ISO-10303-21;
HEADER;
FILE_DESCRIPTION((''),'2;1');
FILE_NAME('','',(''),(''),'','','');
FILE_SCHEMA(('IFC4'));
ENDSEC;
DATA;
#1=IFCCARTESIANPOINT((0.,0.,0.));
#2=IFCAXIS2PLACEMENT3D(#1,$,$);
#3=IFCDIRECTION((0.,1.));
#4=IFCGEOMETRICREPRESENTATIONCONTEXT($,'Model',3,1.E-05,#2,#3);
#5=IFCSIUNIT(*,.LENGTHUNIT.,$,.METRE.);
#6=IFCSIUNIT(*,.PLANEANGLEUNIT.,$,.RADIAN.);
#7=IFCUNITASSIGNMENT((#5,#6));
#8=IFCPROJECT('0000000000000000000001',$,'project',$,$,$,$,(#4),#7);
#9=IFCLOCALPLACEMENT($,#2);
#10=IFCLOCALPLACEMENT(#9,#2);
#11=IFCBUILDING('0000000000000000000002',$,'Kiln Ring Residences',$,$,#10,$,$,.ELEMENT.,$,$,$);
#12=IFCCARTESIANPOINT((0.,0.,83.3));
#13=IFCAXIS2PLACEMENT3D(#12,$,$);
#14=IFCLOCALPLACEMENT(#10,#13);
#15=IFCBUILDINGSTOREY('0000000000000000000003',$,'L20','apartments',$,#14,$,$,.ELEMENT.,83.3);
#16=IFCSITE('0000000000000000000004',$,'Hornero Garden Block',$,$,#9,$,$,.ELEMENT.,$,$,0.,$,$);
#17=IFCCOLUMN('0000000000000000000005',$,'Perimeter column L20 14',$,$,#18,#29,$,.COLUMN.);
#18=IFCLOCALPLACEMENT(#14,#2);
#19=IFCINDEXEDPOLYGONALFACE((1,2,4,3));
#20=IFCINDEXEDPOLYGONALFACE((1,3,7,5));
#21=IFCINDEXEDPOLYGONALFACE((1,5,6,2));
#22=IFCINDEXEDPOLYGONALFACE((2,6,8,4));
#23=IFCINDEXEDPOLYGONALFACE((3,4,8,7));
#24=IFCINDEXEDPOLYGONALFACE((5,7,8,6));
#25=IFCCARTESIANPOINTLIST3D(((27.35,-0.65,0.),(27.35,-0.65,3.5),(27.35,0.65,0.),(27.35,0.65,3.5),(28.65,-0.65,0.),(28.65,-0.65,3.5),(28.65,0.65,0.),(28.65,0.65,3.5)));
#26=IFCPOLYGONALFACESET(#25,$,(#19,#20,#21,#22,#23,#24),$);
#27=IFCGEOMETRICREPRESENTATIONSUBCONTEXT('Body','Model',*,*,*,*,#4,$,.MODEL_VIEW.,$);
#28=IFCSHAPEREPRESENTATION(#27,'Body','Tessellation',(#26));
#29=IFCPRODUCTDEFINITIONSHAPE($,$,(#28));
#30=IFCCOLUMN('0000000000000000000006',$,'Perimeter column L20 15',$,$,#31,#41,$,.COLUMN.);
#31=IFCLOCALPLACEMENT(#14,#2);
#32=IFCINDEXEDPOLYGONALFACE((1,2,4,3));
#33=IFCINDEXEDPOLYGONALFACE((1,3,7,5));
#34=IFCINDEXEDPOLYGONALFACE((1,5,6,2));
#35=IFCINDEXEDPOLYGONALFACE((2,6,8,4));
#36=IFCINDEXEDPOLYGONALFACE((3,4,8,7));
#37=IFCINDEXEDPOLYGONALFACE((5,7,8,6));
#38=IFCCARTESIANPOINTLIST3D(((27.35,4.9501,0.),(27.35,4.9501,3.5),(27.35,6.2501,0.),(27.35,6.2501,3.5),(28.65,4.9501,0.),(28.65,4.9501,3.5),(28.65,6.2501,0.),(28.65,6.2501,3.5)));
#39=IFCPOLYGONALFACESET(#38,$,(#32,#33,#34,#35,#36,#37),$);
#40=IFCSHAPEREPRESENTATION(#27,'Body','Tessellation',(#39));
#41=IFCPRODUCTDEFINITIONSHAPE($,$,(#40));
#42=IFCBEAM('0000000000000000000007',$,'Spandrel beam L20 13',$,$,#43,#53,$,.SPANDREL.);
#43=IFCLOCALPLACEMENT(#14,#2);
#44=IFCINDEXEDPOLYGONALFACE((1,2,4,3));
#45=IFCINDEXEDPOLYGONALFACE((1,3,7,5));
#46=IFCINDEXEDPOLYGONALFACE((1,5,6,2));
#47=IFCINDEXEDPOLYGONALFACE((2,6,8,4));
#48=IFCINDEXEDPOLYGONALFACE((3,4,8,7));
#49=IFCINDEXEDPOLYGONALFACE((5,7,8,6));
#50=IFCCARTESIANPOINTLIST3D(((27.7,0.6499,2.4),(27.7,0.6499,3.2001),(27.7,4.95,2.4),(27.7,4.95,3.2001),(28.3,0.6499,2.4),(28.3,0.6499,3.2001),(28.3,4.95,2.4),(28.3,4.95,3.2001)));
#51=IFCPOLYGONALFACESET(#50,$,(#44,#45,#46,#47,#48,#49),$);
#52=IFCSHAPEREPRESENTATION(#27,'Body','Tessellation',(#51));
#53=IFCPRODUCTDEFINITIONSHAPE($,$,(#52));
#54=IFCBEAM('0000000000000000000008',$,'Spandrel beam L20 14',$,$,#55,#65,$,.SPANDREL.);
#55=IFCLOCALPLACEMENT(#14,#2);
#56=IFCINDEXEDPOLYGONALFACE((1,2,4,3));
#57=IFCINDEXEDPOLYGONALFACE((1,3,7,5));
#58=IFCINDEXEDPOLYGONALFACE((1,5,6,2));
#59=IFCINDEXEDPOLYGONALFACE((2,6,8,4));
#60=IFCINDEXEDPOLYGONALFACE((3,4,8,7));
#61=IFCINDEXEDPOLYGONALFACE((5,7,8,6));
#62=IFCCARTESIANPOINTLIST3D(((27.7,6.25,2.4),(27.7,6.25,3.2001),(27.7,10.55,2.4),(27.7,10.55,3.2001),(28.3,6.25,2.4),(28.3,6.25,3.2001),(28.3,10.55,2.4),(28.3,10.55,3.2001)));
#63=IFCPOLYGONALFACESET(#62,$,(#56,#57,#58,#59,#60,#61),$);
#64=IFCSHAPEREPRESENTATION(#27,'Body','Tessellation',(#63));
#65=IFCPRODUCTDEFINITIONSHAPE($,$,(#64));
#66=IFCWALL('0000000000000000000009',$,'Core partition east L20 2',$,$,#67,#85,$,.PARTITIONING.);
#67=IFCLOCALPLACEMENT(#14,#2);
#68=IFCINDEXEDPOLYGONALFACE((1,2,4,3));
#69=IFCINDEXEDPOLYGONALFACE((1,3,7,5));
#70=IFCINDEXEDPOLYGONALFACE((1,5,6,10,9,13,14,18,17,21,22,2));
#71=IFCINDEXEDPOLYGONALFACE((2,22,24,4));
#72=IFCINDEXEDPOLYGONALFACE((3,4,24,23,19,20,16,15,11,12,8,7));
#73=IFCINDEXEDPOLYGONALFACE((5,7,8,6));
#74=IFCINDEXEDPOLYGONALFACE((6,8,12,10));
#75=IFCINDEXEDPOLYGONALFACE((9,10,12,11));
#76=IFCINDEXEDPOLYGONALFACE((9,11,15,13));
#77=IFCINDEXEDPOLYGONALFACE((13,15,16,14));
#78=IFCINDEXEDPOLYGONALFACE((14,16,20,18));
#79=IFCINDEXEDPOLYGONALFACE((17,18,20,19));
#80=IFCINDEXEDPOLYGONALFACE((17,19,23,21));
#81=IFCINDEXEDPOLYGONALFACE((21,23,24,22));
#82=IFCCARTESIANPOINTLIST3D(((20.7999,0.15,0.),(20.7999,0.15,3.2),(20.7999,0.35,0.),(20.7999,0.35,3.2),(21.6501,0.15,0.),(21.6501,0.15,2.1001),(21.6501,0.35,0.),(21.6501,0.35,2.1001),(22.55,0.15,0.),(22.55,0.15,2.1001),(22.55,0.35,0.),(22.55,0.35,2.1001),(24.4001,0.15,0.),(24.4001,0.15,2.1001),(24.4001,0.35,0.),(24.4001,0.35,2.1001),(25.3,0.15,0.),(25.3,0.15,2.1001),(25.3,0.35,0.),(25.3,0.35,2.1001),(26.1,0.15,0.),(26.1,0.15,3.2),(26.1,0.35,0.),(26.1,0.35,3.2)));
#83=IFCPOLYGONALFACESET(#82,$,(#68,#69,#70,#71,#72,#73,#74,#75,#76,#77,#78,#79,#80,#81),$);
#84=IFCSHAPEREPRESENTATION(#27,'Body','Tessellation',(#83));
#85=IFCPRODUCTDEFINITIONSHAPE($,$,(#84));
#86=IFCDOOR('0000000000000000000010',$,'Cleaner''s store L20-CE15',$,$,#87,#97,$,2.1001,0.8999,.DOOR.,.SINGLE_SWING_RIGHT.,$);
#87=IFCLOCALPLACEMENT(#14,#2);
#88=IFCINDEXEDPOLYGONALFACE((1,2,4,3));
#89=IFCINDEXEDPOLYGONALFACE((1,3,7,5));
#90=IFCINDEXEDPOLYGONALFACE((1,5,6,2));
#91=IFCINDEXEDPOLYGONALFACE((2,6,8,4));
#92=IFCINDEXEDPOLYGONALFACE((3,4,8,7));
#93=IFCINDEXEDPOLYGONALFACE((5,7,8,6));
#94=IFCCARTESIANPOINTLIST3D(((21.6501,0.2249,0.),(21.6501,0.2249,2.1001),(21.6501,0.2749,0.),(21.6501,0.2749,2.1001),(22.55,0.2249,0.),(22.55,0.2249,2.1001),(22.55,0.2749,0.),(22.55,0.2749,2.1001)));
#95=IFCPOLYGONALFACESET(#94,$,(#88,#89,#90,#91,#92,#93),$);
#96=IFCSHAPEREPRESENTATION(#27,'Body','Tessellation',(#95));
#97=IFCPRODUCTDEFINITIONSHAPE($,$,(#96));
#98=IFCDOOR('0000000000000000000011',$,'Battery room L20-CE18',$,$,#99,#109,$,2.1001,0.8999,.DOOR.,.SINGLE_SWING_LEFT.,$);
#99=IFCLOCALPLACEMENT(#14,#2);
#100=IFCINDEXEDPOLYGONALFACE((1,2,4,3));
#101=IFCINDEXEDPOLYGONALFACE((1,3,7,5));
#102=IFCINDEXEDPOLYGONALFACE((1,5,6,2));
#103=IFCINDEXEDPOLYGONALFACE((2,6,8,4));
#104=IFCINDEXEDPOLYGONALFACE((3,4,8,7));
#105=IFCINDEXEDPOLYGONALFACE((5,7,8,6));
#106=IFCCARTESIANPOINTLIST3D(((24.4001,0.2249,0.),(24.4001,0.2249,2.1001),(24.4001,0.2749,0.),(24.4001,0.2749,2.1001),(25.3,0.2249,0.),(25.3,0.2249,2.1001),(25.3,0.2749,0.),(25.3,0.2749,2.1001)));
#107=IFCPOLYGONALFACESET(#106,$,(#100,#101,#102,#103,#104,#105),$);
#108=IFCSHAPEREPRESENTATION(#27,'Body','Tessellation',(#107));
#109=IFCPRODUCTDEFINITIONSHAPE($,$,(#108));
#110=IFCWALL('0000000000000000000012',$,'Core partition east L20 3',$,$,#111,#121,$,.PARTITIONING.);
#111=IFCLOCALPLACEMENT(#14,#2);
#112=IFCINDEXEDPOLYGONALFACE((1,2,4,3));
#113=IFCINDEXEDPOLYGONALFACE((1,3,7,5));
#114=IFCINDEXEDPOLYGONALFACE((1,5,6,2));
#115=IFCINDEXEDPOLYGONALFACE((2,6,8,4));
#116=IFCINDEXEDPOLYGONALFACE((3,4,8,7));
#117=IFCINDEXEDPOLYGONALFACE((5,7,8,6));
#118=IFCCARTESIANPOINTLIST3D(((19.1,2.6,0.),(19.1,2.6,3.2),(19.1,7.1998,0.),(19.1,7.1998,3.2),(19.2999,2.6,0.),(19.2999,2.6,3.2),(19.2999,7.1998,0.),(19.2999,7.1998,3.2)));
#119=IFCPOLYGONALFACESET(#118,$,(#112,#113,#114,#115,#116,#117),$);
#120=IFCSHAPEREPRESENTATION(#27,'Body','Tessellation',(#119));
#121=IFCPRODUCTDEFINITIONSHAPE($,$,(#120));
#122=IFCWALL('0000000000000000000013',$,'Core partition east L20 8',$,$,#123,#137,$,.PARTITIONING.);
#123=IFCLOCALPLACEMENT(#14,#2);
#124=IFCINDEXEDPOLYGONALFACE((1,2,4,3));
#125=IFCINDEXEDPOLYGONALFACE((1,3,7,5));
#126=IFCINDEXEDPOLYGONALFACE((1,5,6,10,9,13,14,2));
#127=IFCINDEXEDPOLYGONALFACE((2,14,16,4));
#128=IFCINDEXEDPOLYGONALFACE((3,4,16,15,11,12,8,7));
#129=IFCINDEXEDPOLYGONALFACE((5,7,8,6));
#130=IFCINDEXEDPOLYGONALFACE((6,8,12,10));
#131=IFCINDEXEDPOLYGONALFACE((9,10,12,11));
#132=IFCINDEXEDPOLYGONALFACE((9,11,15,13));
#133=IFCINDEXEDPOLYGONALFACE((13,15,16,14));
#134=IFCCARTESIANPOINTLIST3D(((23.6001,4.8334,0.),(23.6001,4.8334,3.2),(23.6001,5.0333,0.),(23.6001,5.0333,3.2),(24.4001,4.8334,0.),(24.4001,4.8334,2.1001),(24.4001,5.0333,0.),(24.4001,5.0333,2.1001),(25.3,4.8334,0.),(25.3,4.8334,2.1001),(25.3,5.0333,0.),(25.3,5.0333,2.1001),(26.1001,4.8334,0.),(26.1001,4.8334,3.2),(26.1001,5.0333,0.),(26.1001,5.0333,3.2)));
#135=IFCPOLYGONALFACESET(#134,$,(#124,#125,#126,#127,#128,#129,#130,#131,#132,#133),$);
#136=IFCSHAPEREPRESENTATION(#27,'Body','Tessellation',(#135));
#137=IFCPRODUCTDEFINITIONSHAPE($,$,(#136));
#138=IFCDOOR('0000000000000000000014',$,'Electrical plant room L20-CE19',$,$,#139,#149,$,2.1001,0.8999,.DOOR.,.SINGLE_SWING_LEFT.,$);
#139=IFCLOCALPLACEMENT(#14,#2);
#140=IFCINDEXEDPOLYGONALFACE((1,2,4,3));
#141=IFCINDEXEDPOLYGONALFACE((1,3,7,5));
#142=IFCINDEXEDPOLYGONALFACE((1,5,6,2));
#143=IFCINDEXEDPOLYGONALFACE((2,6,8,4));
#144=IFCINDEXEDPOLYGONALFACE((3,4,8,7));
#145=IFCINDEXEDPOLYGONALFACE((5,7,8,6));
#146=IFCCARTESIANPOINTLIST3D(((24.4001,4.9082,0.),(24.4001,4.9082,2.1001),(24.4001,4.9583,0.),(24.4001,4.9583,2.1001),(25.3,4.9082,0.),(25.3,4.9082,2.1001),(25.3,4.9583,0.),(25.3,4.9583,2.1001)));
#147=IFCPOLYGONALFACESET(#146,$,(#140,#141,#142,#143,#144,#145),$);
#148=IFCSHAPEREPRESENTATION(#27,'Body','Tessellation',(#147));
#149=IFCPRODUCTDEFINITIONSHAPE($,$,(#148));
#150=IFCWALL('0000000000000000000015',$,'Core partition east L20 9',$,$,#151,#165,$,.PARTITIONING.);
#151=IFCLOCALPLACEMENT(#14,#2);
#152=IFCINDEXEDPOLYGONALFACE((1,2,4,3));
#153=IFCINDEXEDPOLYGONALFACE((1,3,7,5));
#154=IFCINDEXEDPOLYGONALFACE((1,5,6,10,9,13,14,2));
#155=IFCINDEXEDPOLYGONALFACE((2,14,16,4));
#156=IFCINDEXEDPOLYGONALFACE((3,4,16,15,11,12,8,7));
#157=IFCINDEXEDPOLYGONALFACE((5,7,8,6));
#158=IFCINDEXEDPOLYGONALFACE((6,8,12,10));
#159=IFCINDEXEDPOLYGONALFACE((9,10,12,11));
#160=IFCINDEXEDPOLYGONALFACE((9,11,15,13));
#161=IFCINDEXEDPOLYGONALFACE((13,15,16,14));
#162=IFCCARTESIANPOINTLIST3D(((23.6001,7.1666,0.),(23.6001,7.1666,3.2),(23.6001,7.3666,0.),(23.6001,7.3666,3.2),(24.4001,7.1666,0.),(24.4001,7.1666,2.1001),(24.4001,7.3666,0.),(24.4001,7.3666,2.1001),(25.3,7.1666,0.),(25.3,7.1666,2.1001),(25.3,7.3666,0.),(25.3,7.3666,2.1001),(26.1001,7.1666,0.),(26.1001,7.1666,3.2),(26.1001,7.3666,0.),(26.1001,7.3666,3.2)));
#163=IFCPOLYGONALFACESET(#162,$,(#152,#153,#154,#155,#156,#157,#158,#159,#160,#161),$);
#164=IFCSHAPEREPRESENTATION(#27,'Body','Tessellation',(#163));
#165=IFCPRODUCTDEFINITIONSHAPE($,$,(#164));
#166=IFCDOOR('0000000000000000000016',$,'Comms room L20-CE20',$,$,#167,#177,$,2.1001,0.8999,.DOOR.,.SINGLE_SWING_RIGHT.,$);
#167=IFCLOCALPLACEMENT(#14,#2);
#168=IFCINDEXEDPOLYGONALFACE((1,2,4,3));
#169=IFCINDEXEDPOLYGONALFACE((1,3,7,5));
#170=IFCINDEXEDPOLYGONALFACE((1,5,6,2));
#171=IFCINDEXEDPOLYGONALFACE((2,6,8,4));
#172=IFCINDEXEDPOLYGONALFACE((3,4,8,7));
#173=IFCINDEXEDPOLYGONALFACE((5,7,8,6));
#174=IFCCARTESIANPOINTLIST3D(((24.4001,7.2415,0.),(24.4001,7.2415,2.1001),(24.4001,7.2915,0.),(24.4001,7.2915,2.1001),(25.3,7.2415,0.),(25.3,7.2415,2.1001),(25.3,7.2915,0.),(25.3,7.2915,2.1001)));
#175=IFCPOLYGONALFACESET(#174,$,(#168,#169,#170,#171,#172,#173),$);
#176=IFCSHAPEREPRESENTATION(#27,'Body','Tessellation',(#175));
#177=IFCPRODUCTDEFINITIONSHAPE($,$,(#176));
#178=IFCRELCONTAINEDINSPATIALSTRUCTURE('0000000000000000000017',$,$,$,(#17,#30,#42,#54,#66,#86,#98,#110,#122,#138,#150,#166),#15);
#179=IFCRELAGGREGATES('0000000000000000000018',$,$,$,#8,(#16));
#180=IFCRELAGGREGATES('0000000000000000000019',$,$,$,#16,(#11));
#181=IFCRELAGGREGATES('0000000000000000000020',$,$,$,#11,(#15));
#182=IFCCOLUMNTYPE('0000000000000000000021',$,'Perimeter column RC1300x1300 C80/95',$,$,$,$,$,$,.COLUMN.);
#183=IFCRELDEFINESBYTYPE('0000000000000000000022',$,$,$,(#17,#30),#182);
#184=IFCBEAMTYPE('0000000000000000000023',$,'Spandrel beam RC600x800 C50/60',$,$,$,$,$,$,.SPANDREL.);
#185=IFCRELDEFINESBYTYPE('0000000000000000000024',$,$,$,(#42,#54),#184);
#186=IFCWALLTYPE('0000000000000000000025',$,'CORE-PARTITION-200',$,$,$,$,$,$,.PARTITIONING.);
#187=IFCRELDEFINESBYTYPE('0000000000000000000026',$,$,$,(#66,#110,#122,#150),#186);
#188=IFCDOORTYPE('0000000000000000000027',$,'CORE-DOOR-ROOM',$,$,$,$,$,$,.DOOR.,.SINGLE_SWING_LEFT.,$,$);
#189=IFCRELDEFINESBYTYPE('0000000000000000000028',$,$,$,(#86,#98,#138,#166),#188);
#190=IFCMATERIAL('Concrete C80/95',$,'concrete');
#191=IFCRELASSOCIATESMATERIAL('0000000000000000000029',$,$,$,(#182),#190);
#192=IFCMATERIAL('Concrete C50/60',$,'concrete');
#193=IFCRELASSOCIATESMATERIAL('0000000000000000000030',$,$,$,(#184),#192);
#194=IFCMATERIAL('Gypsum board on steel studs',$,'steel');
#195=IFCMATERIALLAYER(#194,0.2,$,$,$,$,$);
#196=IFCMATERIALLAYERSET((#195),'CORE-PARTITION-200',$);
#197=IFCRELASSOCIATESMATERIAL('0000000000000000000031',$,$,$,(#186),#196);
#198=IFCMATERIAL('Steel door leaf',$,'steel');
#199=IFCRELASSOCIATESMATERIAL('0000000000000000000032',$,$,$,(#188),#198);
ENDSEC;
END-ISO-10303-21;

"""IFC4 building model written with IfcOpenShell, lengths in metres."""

from ifc_helpers import new_model, si_unit, direction, frame, frame_2d, origin, origin_2d, place, context, subcontext, project, spatial, rectangle, extrude, material, layer, layer_set, material_profile, profile_set, type_object, element, fill, save


model = new_model("IFC4")

# Units and contexts
model_context = context("Model", 3, precision=1e-05, world=origin(), true_north=direction((0.0, 1.0)))
body_context = subcontext(model_context, "Body", "Model", "MODEL_VIEW")
ifc_project = project(units=[si_unit("LENGTHUNIT", "METRE"), si_unit("PLANEANGLEUNIT", "RADIAN")], contexts=[model_context])

# Site, building, storey
site_placement = place(None, origin())
site = spatial("IfcSite", under=ifc_project, at=site_placement, Name="Hornero Garden Block", CompositionType="ELEMENT", RefElevation=0.0)
building_placement = place(site_placement, origin())
building = spatial("IfcBuilding", under=site, at=building_placement, Name="Kiln Ring Residences", CompositionType="ELEMENT")
storey_placement = place(building_placement, frame((0.0, 0.0, 83.3)))
storey = spatial("IfcBuildingStorey", under=building, at=storey_placement, Name="L20", Description="apartments", CompositionType="ELEMENT", Elevation=83.3)

# Columns
ifc_material_1 = material(Name="Concrete C80/95", Category="concrete")
ifc_material_profile_1 = material_profile(ifc_material_1, rectangle(XDim=1.3, YDim=1.3, at=origin_2d()), Name="RC1300x1300")
ifc_profile_set_1 = profile_set([ifc_material_profile_1], Name="Concrete C80/95")
column_type = type_object("IfcColumnType", Name="Perimeter column RC1300x1300 C80/95", PredefinedType="COLUMN", material=ifc_profile_set_1)
for number, where, z_axis, x_axis, name in (
    (1, (28.0, 0.0, 0.0), (0.0, 0.0, 1.0), (1.0, 0.0, 0.0), "Perimeter column L20 14"),
    (2, (28.0, 5.6001, 0.0), (0.0, 0.0, 1.0), (1.0, 0.0, 0.0), "Perimeter column L20 15"),
):
    element("IfcColumn", number, at=place(storey_placement, frame(where, z_axis=z_axis, x_axis=x_axis)), inside=storey, type_object=column_type, Name=name, PredefinedType="COLUMN", context=body_context, shape_type="SweptSolid", body=[
        extrude(rectangle(XDim=1.3, YDim=1.3, at=origin_2d()), origin(), (0.0, 0.0, 1.0), 3.5),
    ])

# Beams
ifc_material_2 = material(Name="Concrete C50/60", Category="concrete")
ifc_material_profile_2 = material_profile(ifc_material_2, rectangle(XDim=0.6001, YDim=0.8, at=origin_2d()), Name="RC600x800")
ifc_profile_set_2 = profile_set([ifc_material_profile_2], Name="Concrete C50/60")
beam_type = type_object("IfcBeamType", Name="Spandrel beam RC600x800 C50/60", PredefinedType="SPANDREL", material=ifc_profile_set_2)
for number, where, z_axis, x_axis, name in (
    (3, (28.0, 0.6499, 2.8), (0.0, 1.0, 0.0), (-1.0, 0.0, 0.0), "Spandrel beam L20 13"),
    (4, (28.0, 6.25, 2.8), (0.0, 1.0, 0.0), (-1.0, 0.0, 0.0), "Spandrel beam L20 14"),
):
    element("IfcBeam", number, at=place(storey_placement, frame(where, z_axis=z_axis, x_axis=x_axis)), inside=storey, type_object=beam_type, Name=name, PredefinedType="SPANDREL", context=body_context, shape_type="SweptSolid", body=[
        extrude(rectangle(XDim=0.6001, YDim=0.8, at=origin_2d()), origin(), (0.0, 0.0, 1.0), 4.3),
    ])

# Wall, openings, doors
ifc_material_3 = material(Name="Gypsum board on steel studs", Category="steel")
ifc_layer_1 = layer(ifc_material_3, 0.2)
ifc_layer_set_1 = layer_set([ifc_layer_1], Name="CORE-PARTITION-200")
wall_type_1 = type_object("IfcWallType", Name="CORE-PARTITION-200", PredefinedType="PARTITIONING", material=ifc_layer_set_1)
wall_1_placement = place(storey_placement, frame((20.8, 0.25, 0.0), z_axis=(0.0, 0.0, 1.0), x_axis=(1.0, 0.0, 0.0)))
wall_1 = element("IfcWall", 5, at=wall_1_placement, inside=storey, type_object=wall_type_1, Name="Core partition east L20 2", PredefinedType="PARTITIONING", context=body_context, shape_type="SweptSolid", body=[
    extrude(rectangle(XDim=5.3, YDim=0.2, at=frame_2d((2.6499, 0.0))), origin(), (0.0, 0.0, 1.0), 3.2),
])
opening_1_placement = place(wall_1_placement, frame((0.8501, 0.0, 0.0)))
opening_1 = element("IfcOpeningElement", 6, at=opening_1_placement, cuts=wall_1, PredefinedType="OPENING", context=body_context, shape_type="SweptSolid", body=[
    extrude(rectangle(XDim=0.8999, YDim=2.1001, at=frame_2d((0.45, 1.05))), frame((0.0, 0.1099, 0.0), z_axis=(0.0, -1.0, 0.0), x_axis=(1.0, 0.0, 0.0)), (0.0, 0.0, 1.0), 0.22),
])
opening_2_placement = place(wall_1_placement, frame((3.6001, 0.0, 0.0)))
opening_2 = element("IfcOpeningElement", 7, at=opening_2_placement, cuts=wall_1, PredefinedType="OPENING", context=body_context, shape_type="SweptSolid", body=[
    extrude(rectangle(XDim=0.8999, YDim=2.1001, at=frame_2d((0.45, 1.05))), frame((0.0, 0.1099, 0.0), z_axis=(0.0, -1.0, 0.0), x_axis=(1.0, 0.0, 0.0)), (0.0, 0.0, 1.0), 0.22),
])
ifc_material_4 = material(Name="Steel door leaf", Category="steel")
door_type = type_object("IfcDoorType", Name="CORE-DOOR-ROOM", OperationType="SINGLE_SWING_LEFT", PredefinedType="DOOR", material=ifc_material_4)
door_1_placement = place(opening_1_placement, origin())
door_1 = element("IfcDoor", 8, at=door_1_placement, inside=storey, type_object=door_type, Name="Cleaner's store L20-CE15", OperationType="SINGLE_SWING_RIGHT", OverallHeight=2.1001, OverallWidth=0.8999, PredefinedType="DOOR", context=body_context, shape_type="SweptSolid", body=[
    extrude(rectangle(XDim=0.8999, YDim=2.1001, at=frame_2d((0.45, 1.05))), frame((0.0, 0.0249, 0.0), z_axis=(0.0, -1.0, 0.0), x_axis=(1.0, 0.0, 0.0)), (0.0, 0.0, 1.0), 0.05),
])
fill(opening_1, door_1)
door_2_placement = place(opening_2_placement, origin())
door_2 = element("IfcDoor", 9, at=door_2_placement, inside=storey, type_object=door_type, Name="Battery room L20-CE18", OperationType="SINGLE_SWING_LEFT", OverallHeight=2.1001, OverallWidth=0.8999, PredefinedType="DOOR", context=body_context, shape_type="SweptSolid", body=[
    extrude(rectangle(XDim=0.8999, YDim=2.1001, at=frame_2d((0.45, 1.05))), frame((0.0, 0.0249, 0.0), z_axis=(0.0, -1.0, 0.0), x_axis=(1.0, 0.0, 0.0)), (0.0, 0.0, 1.0), 0.05),
])
fill(opening_2, door_2)

# Wall
wall_2_placement = place(storey_placement, frame((19.2, 2.6001, 0.0), z_axis=(0.0, 0.0, 1.0), x_axis=(0.0, 1.0, 0.0)))
element("IfcWall", 10, at=wall_2_placement, inside=storey, type_object=wall_type_1, Name="Core partition east L20 3", PredefinedType="PARTITIONING", context=body_context, shape_type="SweptSolid", body=[
    extrude(rectangle(XDim=4.5999, YDim=0.2, at=frame_2d((2.2998, 0.0))), origin(), (0.0, 0.0, 1.0), 3.2),
])

# Walls, openings, doors
wall_3_placement = place(storey_placement, frame((23.6001, 4.9333, 0.0), z_axis=(0.0, 0.0, 1.0), x_axis=(1.0, 0.0, 0.0)))
wall_3 = element("IfcWall", 11, at=wall_3_placement, inside=storey, type_object=wall_type_1, Name="Core partition east L20 8", PredefinedType="PARTITIONING", context=body_context, shape_type="SweptSolid", body=[
    extrude(rectangle(XDim=2.5, YDim=0.2, at=frame_2d((1.25, 0.0))), origin(), (0.0, 0.0, 1.0), 3.2),
])
opening_3_placement = place(wall_3_placement, frame((0.8, 0.0, 0.0)))
opening_3 = element("IfcOpeningElement", 12, at=opening_3_placement, cuts=wall_3, PredefinedType="OPENING", context=body_context, shape_type="SweptSolid", body=[
    extrude(rectangle(XDim=0.8999, YDim=2.1001, at=frame_2d((0.45, 1.05))), frame((0.0, 0.1099, 0.0), z_axis=(0.0, -1.0, 0.0), x_axis=(1.0, 0.0, 0.0)), (0.0, 0.0, 1.0), 0.22),
])
door_3_placement = place(opening_3_placement, origin())
door_3 = element("IfcDoor", 13, at=door_3_placement, inside=storey, type_object=door_type, Name="Electrical plant room L20-CE19", OperationType="SINGLE_SWING_LEFT", OverallHeight=2.1001, OverallWidth=0.8999, PredefinedType="DOOR", context=body_context, shape_type="SweptSolid", body=[
    extrude(rectangle(XDim=0.8999, YDim=2.1001, at=frame_2d((0.45, 1.05))), frame((0.0, 0.0249, 0.0), z_axis=(0.0, -1.0, 0.0), x_axis=(1.0, 0.0, 0.0)), (0.0, 0.0, 1.0), 0.05),
])
fill(opening_3, door_3)
wall_4_placement = place(storey_placement, frame((23.6001, 7.2666, 0.0), z_axis=(0.0, 0.0, 1.0), x_axis=(1.0, 0.0, 0.0)))
wall_4 = element("IfcWall", 14, at=wall_4_placement, inside=storey, type_object=wall_type_1, Name="Core partition east L20 9", PredefinedType="PARTITIONING", context=body_context, shape_type="SweptSolid", body=[
    extrude(rectangle(XDim=2.5, YDim=0.2, at=frame_2d((1.25, 0.0))), origin(), (0.0, 0.0, 1.0), 3.2),
])
opening_4_placement = place(wall_4_placement, frame((0.8, 0.0, 0.0)))
opening_4 = element("IfcOpeningElement", 15, at=opening_4_placement, cuts=wall_4, PredefinedType="OPENING", context=body_context, shape_type="SweptSolid", body=[
    extrude(rectangle(XDim=0.8999, YDim=2.1001, at=frame_2d((0.45, 1.05))), frame((0.0, 0.1099, 0.0), z_axis=(0.0, -1.0, 0.0), x_axis=(1.0, 0.0, 0.0)), (0.0, 0.0, 1.0), 0.22),
])
door_4_placement = place(opening_4_placement, origin())
door_4 = element("IfcDoor", 16, at=door_4_placement, inside=storey, type_object=door_type, Name="Comms room L20-CE20", OperationType="SINGLE_SWING_RIGHT", OverallHeight=2.1001, OverallWidth=0.8999, PredefinedType="DOOR", context=body_context, shape_type="SweptSolid", body=[
    extrude(rectangle(XDim=0.8999, YDim=2.1001, at=frame_2d((0.45, 1.05))), frame((0.0, 0.0249, 0.0), z_axis=(0.0, -1.0, 0.0), x_axis=(1.0, 0.0, 0.0)), (0.0, 0.0, 1.0), 0.05),
])
fill(opening_4, door_4)

save(model, "model.ifc")
